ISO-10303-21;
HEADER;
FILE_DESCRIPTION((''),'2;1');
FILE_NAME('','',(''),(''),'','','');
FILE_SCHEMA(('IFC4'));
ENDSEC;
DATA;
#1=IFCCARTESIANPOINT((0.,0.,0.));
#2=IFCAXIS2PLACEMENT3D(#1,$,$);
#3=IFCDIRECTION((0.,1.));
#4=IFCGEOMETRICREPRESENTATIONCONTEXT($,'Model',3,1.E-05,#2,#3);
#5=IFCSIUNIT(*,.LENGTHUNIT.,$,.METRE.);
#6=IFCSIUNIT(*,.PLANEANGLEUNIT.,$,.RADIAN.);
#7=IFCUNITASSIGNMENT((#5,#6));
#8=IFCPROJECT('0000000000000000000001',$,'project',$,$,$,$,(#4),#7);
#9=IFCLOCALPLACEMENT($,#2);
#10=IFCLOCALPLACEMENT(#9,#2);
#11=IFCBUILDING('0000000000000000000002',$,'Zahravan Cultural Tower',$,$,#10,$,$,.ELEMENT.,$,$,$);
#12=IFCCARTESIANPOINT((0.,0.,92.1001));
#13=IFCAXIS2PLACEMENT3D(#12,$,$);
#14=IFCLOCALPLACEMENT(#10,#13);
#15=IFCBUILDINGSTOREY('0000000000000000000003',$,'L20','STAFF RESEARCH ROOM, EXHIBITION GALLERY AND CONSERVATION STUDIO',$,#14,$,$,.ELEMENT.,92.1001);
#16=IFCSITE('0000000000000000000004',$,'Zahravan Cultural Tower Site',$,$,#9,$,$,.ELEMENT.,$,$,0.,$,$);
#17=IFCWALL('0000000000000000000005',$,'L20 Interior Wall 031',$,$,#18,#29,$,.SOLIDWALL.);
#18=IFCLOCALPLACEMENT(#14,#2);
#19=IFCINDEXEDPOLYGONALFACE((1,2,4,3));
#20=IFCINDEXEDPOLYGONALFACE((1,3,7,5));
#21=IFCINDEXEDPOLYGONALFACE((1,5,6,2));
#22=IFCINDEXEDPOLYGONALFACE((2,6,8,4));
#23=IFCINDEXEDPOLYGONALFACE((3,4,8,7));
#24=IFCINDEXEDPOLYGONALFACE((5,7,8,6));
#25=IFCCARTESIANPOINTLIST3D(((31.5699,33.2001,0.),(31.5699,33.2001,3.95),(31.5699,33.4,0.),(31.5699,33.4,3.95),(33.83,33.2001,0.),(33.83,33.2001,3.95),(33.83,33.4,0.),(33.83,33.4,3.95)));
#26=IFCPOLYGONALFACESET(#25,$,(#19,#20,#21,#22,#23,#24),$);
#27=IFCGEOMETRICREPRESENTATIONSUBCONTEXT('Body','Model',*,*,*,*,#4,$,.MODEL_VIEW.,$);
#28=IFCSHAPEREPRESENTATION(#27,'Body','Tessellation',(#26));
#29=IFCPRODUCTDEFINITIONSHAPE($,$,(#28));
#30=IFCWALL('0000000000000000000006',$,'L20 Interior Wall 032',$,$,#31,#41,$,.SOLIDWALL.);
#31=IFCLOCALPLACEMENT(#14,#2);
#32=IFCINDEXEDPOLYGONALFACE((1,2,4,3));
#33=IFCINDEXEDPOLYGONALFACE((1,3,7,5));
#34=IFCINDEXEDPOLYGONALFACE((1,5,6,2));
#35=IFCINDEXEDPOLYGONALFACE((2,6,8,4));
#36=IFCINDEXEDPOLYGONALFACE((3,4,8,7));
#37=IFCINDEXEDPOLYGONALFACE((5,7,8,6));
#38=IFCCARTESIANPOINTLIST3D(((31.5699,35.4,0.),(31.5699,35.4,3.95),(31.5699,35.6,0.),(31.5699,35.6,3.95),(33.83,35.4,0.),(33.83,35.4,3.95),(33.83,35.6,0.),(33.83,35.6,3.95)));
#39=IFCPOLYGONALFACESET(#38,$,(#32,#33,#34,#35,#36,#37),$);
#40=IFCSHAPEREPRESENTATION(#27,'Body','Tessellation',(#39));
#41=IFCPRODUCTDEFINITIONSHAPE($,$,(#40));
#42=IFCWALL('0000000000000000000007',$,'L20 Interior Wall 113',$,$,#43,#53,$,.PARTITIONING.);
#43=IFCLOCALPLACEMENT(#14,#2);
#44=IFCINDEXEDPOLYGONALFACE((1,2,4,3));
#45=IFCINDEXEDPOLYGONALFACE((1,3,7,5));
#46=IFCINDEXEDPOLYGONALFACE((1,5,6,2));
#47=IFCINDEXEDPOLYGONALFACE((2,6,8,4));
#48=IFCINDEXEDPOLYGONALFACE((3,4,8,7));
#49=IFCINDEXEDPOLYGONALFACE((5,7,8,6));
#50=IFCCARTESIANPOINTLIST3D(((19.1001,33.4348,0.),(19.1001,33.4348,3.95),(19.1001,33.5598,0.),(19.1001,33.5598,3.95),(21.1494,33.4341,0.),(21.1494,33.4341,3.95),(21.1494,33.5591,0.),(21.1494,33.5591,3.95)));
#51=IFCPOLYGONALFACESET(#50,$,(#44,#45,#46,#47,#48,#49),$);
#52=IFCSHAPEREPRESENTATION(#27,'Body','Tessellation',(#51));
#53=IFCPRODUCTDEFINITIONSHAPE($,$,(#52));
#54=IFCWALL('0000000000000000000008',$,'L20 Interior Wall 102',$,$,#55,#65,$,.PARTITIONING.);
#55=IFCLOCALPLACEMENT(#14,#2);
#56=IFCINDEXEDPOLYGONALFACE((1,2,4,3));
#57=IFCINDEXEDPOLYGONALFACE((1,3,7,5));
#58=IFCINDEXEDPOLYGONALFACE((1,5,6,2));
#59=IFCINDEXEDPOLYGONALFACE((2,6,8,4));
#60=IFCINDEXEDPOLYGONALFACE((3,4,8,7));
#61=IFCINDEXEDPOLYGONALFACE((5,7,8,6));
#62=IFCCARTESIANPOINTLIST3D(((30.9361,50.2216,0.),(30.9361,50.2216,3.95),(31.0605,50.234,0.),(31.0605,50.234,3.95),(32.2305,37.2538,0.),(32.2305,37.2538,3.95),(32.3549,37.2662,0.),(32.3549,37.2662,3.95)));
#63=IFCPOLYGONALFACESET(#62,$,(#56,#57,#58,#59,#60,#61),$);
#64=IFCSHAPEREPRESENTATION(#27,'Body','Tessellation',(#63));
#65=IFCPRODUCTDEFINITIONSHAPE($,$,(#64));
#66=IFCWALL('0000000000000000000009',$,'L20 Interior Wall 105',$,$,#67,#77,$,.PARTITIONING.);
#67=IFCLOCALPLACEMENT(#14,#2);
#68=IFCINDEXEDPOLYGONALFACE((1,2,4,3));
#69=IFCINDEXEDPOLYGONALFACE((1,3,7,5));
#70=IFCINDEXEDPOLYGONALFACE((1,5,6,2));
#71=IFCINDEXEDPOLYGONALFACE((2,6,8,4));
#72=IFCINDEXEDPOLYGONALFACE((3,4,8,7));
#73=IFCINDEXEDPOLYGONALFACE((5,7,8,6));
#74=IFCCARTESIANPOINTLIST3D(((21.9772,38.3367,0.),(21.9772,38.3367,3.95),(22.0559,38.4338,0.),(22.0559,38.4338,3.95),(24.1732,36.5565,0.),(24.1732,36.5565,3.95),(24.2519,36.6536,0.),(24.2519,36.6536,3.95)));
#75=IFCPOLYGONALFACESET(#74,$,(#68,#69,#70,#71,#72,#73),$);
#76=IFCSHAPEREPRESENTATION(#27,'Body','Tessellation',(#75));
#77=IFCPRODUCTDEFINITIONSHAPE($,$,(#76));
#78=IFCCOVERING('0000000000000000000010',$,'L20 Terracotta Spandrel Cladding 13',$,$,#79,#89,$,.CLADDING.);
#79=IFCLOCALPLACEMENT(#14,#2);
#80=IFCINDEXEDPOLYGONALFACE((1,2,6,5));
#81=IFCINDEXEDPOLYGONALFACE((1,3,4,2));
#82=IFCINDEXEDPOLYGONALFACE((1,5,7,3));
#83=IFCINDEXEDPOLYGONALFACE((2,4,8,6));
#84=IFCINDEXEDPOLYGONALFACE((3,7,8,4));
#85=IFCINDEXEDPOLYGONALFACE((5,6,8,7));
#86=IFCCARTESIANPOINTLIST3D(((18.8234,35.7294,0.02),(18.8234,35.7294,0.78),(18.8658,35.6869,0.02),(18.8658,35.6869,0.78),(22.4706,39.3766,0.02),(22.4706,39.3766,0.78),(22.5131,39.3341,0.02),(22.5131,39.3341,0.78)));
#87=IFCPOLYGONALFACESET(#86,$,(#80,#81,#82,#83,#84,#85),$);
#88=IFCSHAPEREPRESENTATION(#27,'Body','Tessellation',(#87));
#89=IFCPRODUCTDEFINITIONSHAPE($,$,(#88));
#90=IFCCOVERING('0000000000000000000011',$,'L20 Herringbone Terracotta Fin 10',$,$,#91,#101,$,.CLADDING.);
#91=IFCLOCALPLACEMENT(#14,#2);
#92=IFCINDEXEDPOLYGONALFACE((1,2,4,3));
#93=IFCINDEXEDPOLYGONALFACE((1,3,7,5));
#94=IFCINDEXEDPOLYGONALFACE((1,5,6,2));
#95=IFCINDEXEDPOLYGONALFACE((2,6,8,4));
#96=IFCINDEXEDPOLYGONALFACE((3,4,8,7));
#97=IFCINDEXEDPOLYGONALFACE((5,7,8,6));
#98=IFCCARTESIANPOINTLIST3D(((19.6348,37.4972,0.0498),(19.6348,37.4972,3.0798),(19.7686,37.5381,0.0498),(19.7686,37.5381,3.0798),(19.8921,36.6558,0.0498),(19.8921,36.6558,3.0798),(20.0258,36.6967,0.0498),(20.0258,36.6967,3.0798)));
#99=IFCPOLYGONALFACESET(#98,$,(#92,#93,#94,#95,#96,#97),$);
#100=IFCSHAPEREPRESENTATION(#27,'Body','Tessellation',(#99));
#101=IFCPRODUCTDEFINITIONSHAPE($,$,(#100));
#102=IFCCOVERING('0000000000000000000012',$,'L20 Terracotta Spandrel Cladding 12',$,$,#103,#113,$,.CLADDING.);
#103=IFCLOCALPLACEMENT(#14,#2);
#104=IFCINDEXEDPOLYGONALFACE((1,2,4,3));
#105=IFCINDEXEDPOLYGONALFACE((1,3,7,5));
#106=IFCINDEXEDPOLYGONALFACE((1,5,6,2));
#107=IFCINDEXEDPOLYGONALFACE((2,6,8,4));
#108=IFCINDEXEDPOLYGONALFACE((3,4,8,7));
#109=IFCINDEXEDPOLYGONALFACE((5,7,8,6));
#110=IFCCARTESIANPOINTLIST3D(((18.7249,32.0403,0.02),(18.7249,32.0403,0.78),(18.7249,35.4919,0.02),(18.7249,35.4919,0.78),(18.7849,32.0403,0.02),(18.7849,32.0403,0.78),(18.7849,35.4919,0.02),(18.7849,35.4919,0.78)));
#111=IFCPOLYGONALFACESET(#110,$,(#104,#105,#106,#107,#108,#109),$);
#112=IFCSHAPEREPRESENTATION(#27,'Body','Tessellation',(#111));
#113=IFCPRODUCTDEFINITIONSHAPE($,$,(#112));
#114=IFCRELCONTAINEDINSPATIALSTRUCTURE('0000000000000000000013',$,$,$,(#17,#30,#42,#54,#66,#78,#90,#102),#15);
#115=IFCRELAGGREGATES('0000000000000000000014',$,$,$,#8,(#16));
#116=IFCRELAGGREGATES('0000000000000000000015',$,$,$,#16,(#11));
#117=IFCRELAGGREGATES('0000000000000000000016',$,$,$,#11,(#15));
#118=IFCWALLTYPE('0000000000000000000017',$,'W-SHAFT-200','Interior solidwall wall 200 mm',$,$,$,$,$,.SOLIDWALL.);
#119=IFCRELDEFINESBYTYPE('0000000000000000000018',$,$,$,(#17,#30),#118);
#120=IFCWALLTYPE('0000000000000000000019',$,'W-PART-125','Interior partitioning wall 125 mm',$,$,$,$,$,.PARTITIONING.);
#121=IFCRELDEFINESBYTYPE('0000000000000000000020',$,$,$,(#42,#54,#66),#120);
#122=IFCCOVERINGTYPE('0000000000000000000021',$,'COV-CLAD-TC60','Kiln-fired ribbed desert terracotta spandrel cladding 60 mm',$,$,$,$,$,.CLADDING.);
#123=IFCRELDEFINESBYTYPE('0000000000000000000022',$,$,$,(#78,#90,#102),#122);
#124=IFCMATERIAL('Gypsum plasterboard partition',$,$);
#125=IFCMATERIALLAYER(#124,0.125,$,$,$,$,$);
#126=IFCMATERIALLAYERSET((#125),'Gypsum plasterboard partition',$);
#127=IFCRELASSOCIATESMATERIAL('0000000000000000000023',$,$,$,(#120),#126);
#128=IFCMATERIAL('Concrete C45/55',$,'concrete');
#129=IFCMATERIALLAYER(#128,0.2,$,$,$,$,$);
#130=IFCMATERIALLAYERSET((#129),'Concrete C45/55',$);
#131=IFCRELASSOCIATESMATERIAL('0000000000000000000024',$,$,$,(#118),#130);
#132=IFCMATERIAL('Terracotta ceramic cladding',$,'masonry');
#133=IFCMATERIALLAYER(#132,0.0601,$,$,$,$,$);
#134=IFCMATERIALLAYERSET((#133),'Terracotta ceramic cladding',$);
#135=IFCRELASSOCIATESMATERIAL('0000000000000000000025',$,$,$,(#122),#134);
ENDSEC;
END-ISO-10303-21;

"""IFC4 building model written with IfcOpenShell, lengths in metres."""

from ifc_helpers import new_model, si_unit, direction, frame, frame_2d, origin, origin_2d, place, context, subcontext, project, spatial, rectangle, extrude, source, transform, mapped, material, layer, layer_set, type_object, element, save


model = new_model("IFC4")

# Units and contexts
model_context = context("Model", 3, precision=1e-05, world=origin(), true_north=direction((0.0, 1.0)))
body_context = subcontext(model_context, "Body", "Model", "MODEL_VIEW")
ifc_project = project(units=[si_unit("LENGTHUNIT", "METRE"), si_unit("PLANEANGLEUNIT", "RADIAN")], contexts=[model_context])

# Site, building, storey
site_placement = place(None, origin())
site = spatial("IfcSite", under=ifc_project, at=site_placement, Name="Zahravan Cultural Tower Site", CompositionType="ELEMENT", RefElevation=0.0)
building_placement = place(site_placement, origin())
building = spatial("IfcBuilding", under=site, at=building_placement, Name="Zahravan Cultural Tower", CompositionType="ELEMENT")
storey_placement = place(building_placement, frame((0.0, 0.0, 92.1001)))
storey = spatial("IfcBuildingStorey", under=building, at=storey_placement, Name="L20", Description="STAFF RESEARCH ROOM, EXHIBITION GALLERY AND CONSERVATION STUDIO", CompositionType="ELEMENT", Elevation=92.1001)

# Shared definitions
ifc_material_1 = material(Name="Gypsum plasterboard partition")
ifc_layer_1 = layer(ifc_material_1, 0.125)
ifc_layer_set_1 = layer_set([ifc_layer_1], Name="Gypsum plasterboard partition")
wall_type_1 = type_object("IfcWallType", Name="W-PART-125", Description="Interior partitioning wall 125 mm", PredefinedType="PARTITIONING", material=ifc_layer_set_1)
ifc_material_2 = material(Name="Concrete C45/55", Category="concrete")
ifc_layer_2 = layer(ifc_material_2, 0.2)
ifc_layer_set_2 = layer_set([ifc_layer_2], Name="Concrete C45/55")
wall_type_2 = type_object("IfcWallType", Name="W-SHAFT-200", Description="Interior solidwall wall 200 mm", PredefinedType="SOLIDWALL", material=ifc_layer_set_2)

# Walls
shared_shape_1 = source(origin(), body_context, "Body", "SweptSolid", [
    extrude(rectangle(XDim=2.26, YDim=0.2, at=frame_2d((1.1299, 0.0))), origin(), (0.0, 0.0, 1.0), 3.95),
])
for number, where, z_axis, x_axis, name in (
    (1, (31.5701, 33.3, 0.0), (0.0, 0.0, 1.0), (1.0, 0.0, 0.0), "L20 Interior Wall 031"),
    (2, (31.5701, 35.5, 0.0), (0.0, 0.0, 1.0), (1.0, 0.0, 0.0), "L20 Interior Wall 032"),
):
    element("IfcWall", number, at=place(storey_placement, frame(where, z_axis=z_axis, x_axis=x_axis)), inside=storey, type_object=wall_type_2, Name=name, PredefinedType="SOLIDWALL", context=body_context, shape_type="MappedRepresentation", body=[
        mapped(shared_shape_1, transform((0.0, 0.0, 0.0), x_axis=(1.0, 0.0, 0.0), y_axis=(0.0, 1.0, 0.0), z_axis=(0.0, 0.0, 1.0), scale=1.0)),
    ])
shared_shape_2 = source(origin(), body_context, "Body", "SweptSolid", [
    extrude(rectangle(XDim=2.0493, YDim=0.125, at=frame_2d((1.0247, 0.0))), origin(), (0.0, 0.0, 1.0), 3.95),
])
wall_1_placement = place(storey_placement, frame((21.1494, 33.4966, 0.0), z_axis=(0.0, 0.0, 1.0), x_axis=(-1.0, 0.000357, 0.0)))
element("IfcWall", 3, at=wall_1_placement, inside=storey, type_object=wall_type_1, Name="L20 Interior Wall 113", PredefinedType="PARTITIONING", context=body_context, shape_type="MappedRepresentation", body=[
    mapped(shared_shape_2, transform((0.0, 0.0, 0.0), x_axis=(1.0, 0.0, 0.0), y_axis=(0.0, 1.0, 0.0), z_axis=(0.0, 0.0, 1.0), scale=1.0)),
])
shared_shape_3 = source(origin(), body_context, "Body", "SweptSolid", [
    extrude(rectangle(XDim=13.0322, YDim=0.125, at=frame_2d((6.5161, 0.0))), origin(), (0.0, 0.0, 1.0), 3.95),
])
wall_2_placement = place(storey_placement, frame((32.2927, 37.26, 0.0), z_axis=(0.0, 0.0, 1.0), x_axis=(-0.099326, 0.995055, 0.0)))
element("IfcWall", 4, at=wall_2_placement, inside=storey, type_object=wall_type_1, Name="L20 Interior Wall 102", PredefinedType="PARTITIONING", context=body_context, shape_type="MappedRepresentation", body=[
    mapped(shared_shape_3, transform((0.0, 0.0, 0.0), x_axis=(1.0, 0.0, 0.0), y_axis=(0.0, 1.0, 0.0), z_axis=(0.0, 0.0, 1.0), scale=1.0)),
])
shared_shape_4 = source(origin(), body_context, "Body", "SweptSolid", [
    extrude(rectangle(XDim=2.8269, YDim=0.125, at=frame_2d((1.4136, 0.0))), origin(), (0.0, 0.0, 1.0), 3.95),
])
wall_3_placement = place(storey_placement, frame((24.2126, 36.605, 0.0), z_axis=(0.0, 0.0, 1.0), x_axis=(-0.776808, 0.629737, 0.0)))
element("IfcWall", 5, at=wall_3_placement, inside=storey, type_object=wall_type_1, Name="L20 Interior Wall 105", PredefinedType="PARTITIONING", context=body_context, shape_type="MappedRepresentation", body=[
    mapped(shared_shape_4, transform((0.0, 0.0, 0.0), x_axis=(1.0, 0.0, 0.0), y_axis=(0.0, 1.0, 0.0), z_axis=(0.0, 0.0, 1.0), scale=1.0)),
])

# Coverings
ifc_material_3 = material(Name="Terracotta ceramic cladding", Category="masonry")
ifc_layer_3 = layer(ifc_material_3, 0.0601)
ifc_layer_set_3 = layer_set([ifc_layer_3], Name="Terracotta ceramic cladding")
covering_type = type_object("IfcCoveringType", Name="COV-CLAD-TC60", Description="Kiln-fired ribbed desert terracotta spandrel cladding 60 mm", PredefinedType="CLADDING", material=ifc_layer_set_3)
shared_shape_5 = source(origin(), body_context, "Body", "SweptSolid", [
    extrude(rectangle(XDim=5.158, YDim=0.0601, at=origin_2d()), origin(), (0.0, 0.0, 1.0), 0.76),
])
covering_1_placement = place(storey_placement, frame((20.6682, 37.5317, 0.02), z_axis=(0.0, 0.0, 1.0), x_axis=(0.707107, 0.707107, 0.0)))
element("IfcCovering", 6, at=covering_1_placement, inside=storey, type_object=covering_type, Name="L20 Terracotta Spandrel Cladding 13", PredefinedType="CLADDING", context=body_context, shape_type="MappedRepresentation", body=[
    mapped(shared_shape_5, transform((0.0, 0.0, 0.0), x_axis=(1.0, 0.0, 0.0), y_axis=(0.0, 1.0, 0.0), z_axis=(0.0, 0.0, 1.0), scale=1.0)),
])
shared_shape_6 = source(origin(), body_context, "Body", "SweptSolid", [
    extrude(rectangle(XDim=0.8799, YDim=0.1399, at=origin_2d()), origin(), (0.0, 0.0, 1.0), 3.03),
])
covering_2_placement = place(storey_placement, frame((19.8303, 37.0969, 0.0498), z_axis=(0.0, 0.0, 1.0), x_axis=(-0.292372, 0.956305, 0.0)))
element("IfcCovering", 7, at=covering_2_placement, inside=storey, type_object=covering_type, Name="L20 Herringbone Terracotta Fin 10", PredefinedType="CLADDING", context=body_context, shape_type="MappedRepresentation", body=[
    mapped(shared_shape_6, transform((0.0, 0.0, 0.0), x_axis=(1.0, 0.0, 0.0), y_axis=(0.0, 1.0, 0.0), z_axis=(0.0, 0.0, 1.0), scale=1.0)),
])
shared_shape_7 = source(origin(), body_context, "Body", "SweptSolid", [
    extrude(rectangle(XDim=3.4517, YDim=0.0601, at=origin_2d()), origin(), (0.0, 0.0, 1.0), 0.76),
])
covering_3_placement = place(storey_placement, frame((18.7549, 33.7661, 0.02), z_axis=(0.0, 0.0, 1.0), x_axis=(0.0, 1.0, 0.0)))
element("IfcCovering", 8, at=covering_3_placement, inside=storey, type_object=covering_type, Name="L20 Terracotta Spandrel Cladding 12", PredefinedType="CLADDING", context=body_context, shape_type="MappedRepresentation", body=[
    mapped(shared_shape_7, transform((0.0, 0.0, 0.0), x_axis=(1.0, 0.0, 0.0), y_axis=(0.0, 1.0, 0.0), z_axis=(0.0, 0.0, 1.0), scale=1.0)),
])

save(model, "model.ifc")
